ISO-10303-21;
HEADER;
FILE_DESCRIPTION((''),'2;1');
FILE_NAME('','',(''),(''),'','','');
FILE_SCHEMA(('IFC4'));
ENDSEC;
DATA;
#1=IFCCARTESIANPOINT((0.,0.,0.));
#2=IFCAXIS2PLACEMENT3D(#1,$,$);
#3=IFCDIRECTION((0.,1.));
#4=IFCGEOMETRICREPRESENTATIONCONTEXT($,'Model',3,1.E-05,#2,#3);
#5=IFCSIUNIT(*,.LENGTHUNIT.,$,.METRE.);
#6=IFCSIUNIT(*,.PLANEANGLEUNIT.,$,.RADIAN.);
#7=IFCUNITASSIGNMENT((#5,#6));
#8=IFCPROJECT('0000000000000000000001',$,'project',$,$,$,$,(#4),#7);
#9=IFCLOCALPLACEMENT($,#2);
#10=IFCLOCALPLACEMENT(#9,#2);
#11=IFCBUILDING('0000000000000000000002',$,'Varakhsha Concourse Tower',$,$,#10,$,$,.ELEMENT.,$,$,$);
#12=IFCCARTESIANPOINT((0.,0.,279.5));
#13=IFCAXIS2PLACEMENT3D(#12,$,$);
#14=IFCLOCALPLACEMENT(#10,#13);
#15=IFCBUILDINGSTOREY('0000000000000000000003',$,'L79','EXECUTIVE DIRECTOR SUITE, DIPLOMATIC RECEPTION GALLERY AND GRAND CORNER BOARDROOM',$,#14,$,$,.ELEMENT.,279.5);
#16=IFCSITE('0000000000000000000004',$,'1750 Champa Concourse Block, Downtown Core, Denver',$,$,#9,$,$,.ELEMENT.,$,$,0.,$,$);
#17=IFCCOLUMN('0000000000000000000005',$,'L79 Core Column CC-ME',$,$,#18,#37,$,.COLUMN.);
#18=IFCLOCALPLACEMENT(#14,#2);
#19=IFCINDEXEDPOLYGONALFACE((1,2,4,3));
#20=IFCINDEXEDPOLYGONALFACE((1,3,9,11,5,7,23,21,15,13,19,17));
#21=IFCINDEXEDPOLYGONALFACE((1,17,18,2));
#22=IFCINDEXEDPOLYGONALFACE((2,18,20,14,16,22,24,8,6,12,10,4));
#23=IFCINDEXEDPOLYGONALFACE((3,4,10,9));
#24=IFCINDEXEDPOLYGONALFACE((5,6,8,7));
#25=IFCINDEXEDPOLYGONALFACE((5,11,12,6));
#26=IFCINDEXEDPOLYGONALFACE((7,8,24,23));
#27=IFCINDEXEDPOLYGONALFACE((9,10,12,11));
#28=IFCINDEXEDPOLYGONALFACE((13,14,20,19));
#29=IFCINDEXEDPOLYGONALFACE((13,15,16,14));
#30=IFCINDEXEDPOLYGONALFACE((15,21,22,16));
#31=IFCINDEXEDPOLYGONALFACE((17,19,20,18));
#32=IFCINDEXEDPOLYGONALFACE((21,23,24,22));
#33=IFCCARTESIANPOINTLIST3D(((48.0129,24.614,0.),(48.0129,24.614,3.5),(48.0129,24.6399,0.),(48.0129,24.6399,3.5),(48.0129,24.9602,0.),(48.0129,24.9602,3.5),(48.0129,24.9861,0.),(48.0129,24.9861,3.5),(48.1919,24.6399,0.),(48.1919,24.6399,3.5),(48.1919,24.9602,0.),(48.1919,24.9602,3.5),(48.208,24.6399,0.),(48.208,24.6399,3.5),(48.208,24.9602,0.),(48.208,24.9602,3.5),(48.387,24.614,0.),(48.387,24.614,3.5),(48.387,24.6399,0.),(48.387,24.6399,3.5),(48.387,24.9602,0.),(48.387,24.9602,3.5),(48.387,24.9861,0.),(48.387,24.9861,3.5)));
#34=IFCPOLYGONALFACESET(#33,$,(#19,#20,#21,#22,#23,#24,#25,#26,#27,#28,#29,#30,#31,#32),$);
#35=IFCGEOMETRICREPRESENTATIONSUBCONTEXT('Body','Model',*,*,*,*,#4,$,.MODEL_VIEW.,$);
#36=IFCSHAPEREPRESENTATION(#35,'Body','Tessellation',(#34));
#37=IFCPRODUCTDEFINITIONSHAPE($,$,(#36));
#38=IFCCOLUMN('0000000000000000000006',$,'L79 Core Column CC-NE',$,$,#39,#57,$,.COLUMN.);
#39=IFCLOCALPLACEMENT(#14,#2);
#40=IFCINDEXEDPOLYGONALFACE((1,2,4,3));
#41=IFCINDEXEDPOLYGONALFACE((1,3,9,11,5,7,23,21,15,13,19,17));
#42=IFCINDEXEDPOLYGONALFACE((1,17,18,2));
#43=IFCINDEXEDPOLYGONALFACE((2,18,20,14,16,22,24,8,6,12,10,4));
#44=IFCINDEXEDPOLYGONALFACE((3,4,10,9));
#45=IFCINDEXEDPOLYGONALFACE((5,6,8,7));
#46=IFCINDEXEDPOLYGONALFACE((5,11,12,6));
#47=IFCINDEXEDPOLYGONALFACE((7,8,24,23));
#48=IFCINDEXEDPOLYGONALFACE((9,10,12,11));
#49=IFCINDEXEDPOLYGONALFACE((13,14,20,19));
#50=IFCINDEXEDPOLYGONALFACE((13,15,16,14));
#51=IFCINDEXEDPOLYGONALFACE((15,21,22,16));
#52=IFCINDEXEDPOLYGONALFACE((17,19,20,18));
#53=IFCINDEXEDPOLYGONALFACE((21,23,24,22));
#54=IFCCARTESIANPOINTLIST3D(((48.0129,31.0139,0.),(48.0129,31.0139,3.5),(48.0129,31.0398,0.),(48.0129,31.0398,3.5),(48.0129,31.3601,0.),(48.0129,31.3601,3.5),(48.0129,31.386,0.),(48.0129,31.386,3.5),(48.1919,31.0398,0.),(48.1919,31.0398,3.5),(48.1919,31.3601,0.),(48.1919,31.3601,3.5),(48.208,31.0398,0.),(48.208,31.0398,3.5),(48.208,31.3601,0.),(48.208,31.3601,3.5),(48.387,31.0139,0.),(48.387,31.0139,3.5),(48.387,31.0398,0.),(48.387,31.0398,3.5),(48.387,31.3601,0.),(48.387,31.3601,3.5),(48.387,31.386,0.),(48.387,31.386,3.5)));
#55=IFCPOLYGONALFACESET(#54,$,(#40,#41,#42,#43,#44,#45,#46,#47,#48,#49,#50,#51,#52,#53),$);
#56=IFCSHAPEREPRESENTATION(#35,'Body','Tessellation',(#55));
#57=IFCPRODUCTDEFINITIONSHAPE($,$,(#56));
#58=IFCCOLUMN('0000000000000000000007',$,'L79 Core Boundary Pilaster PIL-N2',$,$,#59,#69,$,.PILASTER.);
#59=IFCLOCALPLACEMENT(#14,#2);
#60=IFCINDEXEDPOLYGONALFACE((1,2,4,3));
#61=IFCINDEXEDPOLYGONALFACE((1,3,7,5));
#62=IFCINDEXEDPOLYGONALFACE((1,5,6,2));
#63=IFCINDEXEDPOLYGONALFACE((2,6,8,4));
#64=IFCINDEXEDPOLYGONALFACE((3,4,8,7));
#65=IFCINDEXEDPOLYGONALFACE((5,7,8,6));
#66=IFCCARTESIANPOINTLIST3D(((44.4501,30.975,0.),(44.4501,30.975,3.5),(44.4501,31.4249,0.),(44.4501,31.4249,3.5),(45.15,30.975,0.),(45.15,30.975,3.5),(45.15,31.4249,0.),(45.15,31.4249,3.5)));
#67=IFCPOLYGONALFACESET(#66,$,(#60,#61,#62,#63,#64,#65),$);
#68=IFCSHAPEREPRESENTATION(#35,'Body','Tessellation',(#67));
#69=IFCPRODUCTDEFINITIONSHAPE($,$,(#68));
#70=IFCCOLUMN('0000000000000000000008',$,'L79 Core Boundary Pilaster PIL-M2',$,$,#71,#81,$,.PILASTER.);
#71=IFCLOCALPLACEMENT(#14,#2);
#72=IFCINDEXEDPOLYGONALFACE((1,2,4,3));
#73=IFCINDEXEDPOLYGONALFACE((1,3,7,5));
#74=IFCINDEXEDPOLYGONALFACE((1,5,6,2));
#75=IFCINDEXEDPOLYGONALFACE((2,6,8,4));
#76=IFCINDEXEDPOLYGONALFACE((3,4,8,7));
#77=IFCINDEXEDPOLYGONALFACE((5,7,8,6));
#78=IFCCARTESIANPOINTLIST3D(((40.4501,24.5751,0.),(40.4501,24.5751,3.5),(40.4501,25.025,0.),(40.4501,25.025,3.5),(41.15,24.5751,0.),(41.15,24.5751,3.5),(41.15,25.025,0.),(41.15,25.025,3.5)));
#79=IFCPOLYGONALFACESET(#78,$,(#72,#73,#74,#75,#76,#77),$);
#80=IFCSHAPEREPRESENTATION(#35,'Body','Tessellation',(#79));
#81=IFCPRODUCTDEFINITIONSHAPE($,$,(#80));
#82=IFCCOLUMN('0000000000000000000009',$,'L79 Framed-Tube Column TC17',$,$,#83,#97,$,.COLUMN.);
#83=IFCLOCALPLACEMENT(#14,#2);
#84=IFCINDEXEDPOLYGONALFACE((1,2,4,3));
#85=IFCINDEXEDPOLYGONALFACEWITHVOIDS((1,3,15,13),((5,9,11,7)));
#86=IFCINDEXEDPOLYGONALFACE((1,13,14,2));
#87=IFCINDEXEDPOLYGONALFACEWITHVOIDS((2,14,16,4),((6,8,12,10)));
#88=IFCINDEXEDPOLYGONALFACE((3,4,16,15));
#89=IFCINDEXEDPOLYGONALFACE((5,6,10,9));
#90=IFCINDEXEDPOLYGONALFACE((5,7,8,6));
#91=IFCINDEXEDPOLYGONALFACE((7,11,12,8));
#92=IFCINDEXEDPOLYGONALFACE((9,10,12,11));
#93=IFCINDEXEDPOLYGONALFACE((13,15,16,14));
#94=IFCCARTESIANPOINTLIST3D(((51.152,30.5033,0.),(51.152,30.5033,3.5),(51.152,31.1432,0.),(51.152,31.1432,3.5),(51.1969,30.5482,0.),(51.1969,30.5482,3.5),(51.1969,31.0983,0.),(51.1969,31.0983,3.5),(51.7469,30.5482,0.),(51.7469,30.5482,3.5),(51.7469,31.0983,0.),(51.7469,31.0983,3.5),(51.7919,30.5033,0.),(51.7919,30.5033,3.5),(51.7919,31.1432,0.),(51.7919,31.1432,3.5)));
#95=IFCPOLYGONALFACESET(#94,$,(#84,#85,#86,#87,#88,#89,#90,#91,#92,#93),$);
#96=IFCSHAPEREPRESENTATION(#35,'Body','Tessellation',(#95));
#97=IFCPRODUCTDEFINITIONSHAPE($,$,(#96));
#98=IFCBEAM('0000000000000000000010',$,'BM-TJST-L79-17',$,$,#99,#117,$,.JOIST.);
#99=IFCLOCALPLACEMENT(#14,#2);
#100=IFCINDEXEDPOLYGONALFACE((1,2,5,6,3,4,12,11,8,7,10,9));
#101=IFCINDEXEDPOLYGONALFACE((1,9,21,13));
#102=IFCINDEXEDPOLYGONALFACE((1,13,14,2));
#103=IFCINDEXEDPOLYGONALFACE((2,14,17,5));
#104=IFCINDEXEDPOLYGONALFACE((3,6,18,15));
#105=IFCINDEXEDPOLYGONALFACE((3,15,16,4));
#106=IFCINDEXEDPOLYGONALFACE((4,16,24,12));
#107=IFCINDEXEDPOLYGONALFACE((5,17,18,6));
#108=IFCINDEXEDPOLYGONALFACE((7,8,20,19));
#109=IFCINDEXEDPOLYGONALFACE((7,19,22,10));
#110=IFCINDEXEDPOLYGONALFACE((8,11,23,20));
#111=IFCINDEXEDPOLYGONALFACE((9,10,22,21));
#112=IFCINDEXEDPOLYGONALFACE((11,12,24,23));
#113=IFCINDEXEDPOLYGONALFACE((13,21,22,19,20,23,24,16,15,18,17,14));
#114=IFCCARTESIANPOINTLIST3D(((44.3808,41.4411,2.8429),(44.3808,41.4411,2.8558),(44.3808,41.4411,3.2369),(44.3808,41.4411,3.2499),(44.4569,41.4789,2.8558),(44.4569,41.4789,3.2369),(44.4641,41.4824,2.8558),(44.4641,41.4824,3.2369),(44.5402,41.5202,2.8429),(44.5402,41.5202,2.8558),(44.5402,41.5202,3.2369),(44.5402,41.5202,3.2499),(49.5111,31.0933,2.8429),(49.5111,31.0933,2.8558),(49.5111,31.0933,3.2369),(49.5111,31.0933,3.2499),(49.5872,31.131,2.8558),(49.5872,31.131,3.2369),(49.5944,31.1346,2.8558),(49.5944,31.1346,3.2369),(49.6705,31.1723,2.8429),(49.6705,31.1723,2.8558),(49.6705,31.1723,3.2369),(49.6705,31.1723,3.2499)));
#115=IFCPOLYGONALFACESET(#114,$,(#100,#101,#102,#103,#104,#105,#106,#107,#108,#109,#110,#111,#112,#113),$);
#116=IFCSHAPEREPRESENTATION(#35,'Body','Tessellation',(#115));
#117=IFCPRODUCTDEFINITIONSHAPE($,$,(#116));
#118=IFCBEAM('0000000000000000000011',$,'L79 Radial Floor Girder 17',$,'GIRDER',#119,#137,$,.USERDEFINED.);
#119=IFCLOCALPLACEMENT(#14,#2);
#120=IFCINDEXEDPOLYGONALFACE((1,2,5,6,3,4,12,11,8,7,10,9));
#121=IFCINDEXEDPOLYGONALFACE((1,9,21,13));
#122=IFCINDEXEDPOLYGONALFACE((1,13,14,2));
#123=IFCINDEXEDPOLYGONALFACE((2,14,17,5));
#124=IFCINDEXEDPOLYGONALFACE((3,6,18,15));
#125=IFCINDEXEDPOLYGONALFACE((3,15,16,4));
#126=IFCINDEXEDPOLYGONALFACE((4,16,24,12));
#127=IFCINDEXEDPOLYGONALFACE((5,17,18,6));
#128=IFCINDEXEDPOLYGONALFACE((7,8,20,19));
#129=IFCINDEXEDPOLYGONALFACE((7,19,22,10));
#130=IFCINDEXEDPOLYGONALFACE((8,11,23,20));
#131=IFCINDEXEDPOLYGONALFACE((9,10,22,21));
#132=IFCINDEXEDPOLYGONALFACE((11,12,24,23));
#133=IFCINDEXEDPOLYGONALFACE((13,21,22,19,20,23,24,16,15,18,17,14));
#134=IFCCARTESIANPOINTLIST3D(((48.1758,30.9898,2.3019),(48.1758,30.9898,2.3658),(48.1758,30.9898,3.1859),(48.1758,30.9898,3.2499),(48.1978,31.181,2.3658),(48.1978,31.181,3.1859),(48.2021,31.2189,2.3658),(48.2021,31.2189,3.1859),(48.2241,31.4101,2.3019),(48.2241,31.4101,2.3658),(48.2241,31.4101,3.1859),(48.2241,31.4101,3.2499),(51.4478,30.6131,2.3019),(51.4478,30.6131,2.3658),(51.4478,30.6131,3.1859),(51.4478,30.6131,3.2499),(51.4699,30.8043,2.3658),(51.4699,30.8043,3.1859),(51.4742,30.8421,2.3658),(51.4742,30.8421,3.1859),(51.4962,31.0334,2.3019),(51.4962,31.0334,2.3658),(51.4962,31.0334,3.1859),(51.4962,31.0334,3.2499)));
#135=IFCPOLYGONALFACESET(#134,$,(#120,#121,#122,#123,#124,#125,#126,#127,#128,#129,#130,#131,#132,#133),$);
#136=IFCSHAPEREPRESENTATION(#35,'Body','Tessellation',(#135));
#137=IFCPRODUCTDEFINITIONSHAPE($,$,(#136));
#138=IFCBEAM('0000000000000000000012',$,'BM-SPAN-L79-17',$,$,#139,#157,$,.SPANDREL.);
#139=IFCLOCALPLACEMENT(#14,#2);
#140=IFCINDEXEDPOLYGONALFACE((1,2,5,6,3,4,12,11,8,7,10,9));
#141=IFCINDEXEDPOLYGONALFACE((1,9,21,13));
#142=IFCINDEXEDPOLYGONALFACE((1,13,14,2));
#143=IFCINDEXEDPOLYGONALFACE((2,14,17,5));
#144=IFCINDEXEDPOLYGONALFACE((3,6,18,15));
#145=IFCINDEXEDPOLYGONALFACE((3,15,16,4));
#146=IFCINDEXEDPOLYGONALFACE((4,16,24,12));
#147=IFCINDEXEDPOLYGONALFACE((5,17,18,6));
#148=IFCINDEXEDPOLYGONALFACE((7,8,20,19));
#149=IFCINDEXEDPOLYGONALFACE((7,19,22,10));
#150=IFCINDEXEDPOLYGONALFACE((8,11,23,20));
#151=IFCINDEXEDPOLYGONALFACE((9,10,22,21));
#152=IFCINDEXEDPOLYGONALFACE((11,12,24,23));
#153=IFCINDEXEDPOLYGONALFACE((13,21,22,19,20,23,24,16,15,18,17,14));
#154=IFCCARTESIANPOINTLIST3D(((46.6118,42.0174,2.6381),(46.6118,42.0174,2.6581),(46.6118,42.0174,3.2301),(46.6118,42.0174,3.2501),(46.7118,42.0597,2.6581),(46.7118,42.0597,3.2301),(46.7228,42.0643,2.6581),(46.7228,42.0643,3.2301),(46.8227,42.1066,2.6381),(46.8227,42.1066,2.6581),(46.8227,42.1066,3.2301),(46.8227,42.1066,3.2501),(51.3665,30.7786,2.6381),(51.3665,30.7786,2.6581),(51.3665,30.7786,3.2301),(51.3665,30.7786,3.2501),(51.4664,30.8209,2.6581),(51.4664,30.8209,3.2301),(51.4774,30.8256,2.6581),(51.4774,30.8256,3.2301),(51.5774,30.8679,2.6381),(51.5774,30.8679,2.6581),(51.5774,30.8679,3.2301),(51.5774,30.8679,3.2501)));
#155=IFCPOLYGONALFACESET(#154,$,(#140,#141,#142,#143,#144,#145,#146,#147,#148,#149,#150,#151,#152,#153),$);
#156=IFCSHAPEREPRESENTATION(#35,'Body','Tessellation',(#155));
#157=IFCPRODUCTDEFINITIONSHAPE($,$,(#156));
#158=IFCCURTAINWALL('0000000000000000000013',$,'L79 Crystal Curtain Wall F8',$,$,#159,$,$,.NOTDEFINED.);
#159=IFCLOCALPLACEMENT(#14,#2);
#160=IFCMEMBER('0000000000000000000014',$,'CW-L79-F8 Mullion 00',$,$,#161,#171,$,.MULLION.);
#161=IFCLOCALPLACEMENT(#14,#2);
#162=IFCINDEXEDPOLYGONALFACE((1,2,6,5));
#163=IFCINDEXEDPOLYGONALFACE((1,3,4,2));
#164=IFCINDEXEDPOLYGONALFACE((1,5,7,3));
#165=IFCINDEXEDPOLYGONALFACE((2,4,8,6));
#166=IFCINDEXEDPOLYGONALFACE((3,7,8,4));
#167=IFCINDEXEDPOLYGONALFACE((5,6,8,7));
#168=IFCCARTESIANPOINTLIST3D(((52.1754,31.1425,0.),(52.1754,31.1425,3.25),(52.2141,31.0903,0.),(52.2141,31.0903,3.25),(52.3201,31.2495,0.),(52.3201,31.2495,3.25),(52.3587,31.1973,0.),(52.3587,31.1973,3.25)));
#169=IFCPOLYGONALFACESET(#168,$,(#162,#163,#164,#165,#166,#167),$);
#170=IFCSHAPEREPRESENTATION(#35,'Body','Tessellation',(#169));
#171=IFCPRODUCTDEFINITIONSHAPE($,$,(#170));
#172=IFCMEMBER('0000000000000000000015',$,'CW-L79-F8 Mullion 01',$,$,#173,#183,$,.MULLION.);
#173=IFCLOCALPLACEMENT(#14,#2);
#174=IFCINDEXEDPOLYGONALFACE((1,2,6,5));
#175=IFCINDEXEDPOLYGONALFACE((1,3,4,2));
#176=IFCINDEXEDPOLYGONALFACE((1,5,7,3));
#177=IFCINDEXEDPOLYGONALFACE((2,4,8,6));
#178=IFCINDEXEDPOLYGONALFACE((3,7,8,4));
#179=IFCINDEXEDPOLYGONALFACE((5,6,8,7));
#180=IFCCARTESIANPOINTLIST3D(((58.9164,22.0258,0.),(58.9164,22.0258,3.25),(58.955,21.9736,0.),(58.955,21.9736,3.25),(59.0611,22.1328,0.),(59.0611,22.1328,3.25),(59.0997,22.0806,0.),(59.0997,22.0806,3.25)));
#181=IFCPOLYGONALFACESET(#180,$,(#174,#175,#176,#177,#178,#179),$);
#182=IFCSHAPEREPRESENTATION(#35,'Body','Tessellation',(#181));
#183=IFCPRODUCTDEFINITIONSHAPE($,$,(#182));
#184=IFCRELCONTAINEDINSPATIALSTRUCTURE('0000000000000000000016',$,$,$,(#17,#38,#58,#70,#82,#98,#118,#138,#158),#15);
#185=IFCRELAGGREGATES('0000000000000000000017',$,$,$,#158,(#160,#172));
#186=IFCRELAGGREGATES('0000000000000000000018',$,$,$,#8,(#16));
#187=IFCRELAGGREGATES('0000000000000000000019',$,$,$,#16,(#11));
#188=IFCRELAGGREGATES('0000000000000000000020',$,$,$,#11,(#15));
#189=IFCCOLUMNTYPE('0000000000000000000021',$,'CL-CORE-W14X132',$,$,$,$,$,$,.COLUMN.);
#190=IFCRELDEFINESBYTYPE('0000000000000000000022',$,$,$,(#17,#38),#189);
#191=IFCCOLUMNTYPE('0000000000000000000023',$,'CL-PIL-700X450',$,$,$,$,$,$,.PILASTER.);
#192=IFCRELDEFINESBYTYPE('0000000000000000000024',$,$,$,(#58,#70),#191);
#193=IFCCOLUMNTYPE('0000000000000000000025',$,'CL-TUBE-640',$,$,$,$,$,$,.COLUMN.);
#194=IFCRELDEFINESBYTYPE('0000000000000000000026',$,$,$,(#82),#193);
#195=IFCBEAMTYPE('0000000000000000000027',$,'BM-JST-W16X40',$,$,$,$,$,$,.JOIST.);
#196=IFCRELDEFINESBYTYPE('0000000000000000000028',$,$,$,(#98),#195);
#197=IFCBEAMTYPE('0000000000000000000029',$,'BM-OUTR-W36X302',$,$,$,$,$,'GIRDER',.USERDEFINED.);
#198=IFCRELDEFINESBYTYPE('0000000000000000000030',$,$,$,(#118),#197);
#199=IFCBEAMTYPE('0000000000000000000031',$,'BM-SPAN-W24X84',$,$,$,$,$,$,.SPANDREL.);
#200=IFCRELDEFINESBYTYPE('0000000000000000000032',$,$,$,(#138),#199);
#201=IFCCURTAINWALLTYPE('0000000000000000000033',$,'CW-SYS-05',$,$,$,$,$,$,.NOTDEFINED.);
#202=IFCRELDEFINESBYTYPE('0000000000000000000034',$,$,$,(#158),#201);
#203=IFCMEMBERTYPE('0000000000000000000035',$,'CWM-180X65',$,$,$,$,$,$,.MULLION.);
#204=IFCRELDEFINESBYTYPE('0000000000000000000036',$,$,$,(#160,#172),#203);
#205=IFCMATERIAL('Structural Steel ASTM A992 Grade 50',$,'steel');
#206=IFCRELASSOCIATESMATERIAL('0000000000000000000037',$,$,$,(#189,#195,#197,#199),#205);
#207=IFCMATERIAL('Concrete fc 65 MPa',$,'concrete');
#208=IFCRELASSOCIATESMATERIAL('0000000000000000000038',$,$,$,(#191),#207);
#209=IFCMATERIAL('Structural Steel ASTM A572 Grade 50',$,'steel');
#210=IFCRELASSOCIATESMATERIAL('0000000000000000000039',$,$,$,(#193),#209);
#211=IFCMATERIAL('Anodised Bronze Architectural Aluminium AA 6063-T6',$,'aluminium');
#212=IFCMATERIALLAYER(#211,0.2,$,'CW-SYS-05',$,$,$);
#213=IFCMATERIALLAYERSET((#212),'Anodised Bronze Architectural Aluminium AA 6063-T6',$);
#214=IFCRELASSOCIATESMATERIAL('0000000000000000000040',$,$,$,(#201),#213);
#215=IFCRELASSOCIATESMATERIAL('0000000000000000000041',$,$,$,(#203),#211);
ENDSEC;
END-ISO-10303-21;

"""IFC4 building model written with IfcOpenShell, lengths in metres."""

from ifc_helpers import new_model, si_unit, direction, frame, origin, origin_2d, place, context, subcontext, project, spatial, rectangle, hollow_rectangle, i_section, extrude, source, transform, mapped, material, layer, layer_set, material_profile, profile_set, type_object, type_shapes, element, aggregate, save


model = new_model("IFC4")

# Units and contexts
model_context = context("Model", 3, precision=1e-05, world=origin(), true_north=direction((0.0, 1.0)))
body_context = subcontext(model_context, "Body", "Model", "MODEL_VIEW")
ifc_project = project(units=[si_unit("LENGTHUNIT", "METRE"), si_unit("PLANEANGLEUNIT", "RADIAN")], contexts=[model_context])

# Site, building, storey
site_placement = place(None, origin())
site = spatial("IfcSite", under=ifc_project, at=site_placement, Name="1750 Champa Concourse Block, Downtown Core, Denver", CompositionType="ELEMENT", RefElevation=0.0)
building_placement = place(site_placement, origin())
building = spatial("IfcBuilding", under=site, at=building_placement, Name="Varakhsha Concourse Tower", CompositionType="ELEMENT")
storey_placement = place(building_placement, frame((0.0, 0.0, 279.5)))
storey = spatial("IfcBuildingStorey", under=building, at=storey_placement, Name="L79", Description="EXECUTIVE DIRECTOR SUITE, DIPLOMATIC RECEPTION GALLERY AND GRAND CORNER BOARDROOM", CompositionType="ELEMENT", Elevation=279.5)

# Columns
ifc_material_1 = material(Name="Structural Steel ASTM A992 Grade 50", Category="steel")
ifc_material_profile_1 = material_profile(ifc_material_1, i_section(OverallWidth=0.374, OverallDepth=0.3721, WebThickness=0.0161, FlangeThickness=0.0259, at=origin_2d()), Name="W14X132")
ifc_profile_set_1 = profile_set([ifc_material_profile_1], Name="Structural Steel ASTM A992 Grade 50")
column_type_1 = type_object("IfcColumnType", Name="CL-CORE-W14X132", PredefinedType="COLUMN", material=ifc_profile_set_1)
for number, where, z_axis, x_axis, name in (
    (1, (48.2, 24.8, 0.0), (0.0, 0.0, 1.0), (1.0, 0.0, 0.0), "L79 Core Column CC-ME"),
    (2, (48.2, 31.2, 0.0), (0.0, 0.0, 1.0), (1.0, 0.0, 0.0), "L79 Core Column CC-NE"),
):
    element("IfcColumn", number, at=place(storey_placement, frame(where, z_axis=z_axis, x_axis=x_axis)), inside=storey, type_object=column_type_1, Name=name, PredefinedType="COLUMN", context=body_context, shape_type="SweptSolid", body=[
        extrude(i_section(OverallWidth=0.374, OverallDepth=0.3721, WebThickness=0.0161, FlangeThickness=0.0259, at=origin_2d()), origin(), (0.0, 0.0, 1.0), 3.5),
    ])
ifc_material_2 = material(Name="Concrete fc 65 MPa", Category="concrete")
ifc_material_profile_2 = material_profile(ifc_material_2, rectangle(XDim=0.7, YDim=0.45, at=origin_2d()), Name="RC 700x450")
ifc_profile_set_2 = profile_set([ifc_material_profile_2], Name="Concrete fc 65 MPa")
column_type_2 = type_object("IfcColumnType", Name="CL-PIL-700X450", PredefinedType="PILASTER", material=ifc_profile_set_2)
for number, where, z_axis, x_axis, name in (
    (3, (44.8, 31.2, 0.0), (0.0, 0.0, 1.0), (1.0, 0.0, 0.0), "L79 Core Boundary Pilaster PIL-N2"),
    (4, (40.8, 24.8, 0.0), (0.0, 0.0, 1.0), (1.0, 0.0, 0.0), "L79 Core Boundary Pilaster PIL-M2"),
):
    element("IfcColumn", number, at=place(storey_placement, frame(where, z_axis=z_axis, x_axis=x_axis)), inside=storey, type_object=column_type_2, Name=name, PredefinedType="PILASTER", context=body_context, shape_type="SweptSolid", body=[
        extrude(rectangle(XDim=0.7, YDim=0.45, at=origin_2d()), origin(), (0.0, 0.0, 1.0), 3.5),
    ])
ifc_material_3 = material(Name="Structural Steel ASTM A572 Grade 50", Category="steel")
ifc_material_profile_3 = material_profile(ifc_material_3, hollow_rectangle(XDim=0.6399, YDim=0.6399, WallThickness=0.0449, at=origin_2d()), Name="BOX 640x640x45")
ifc_profile_set_3 = profile_set([ifc_material_profile_3], Name="Structural Steel ASTM A572 Grade 50")
column_type_3 = type_object("IfcColumnType", Name="CL-TUBE-640", PredefinedType="COLUMN", material=ifc_profile_set_3)
column_placement = place(storey_placement, frame((51.4719, 30.8232, 0.0), z_axis=(0.0, 0.0, 1.0), x_axis=(1.0, 0.0, 0.0)))
element("IfcColumn", 5, at=column_placement, inside=storey, type_object=column_type_3, Name="L79 Framed-Tube Column TC17", PredefinedType="COLUMN", context=body_context, shape_type="SweptSolid", body=[
    extrude(hollow_rectangle(XDim=0.6399, YDim=0.6399, WallThickness=0.0449, at=origin_2d()), origin(), (0.0, 0.0, 1.0), 3.5),
])

# Beams
ifc_material_profile_4 = material_profile(ifc_material_1, i_section(OverallWidth=0.178, OverallDepth=0.407, WebThickness=0.0081, FlangeThickness=0.0129, at=origin_2d()), Name="W16X40")
ifc_profile_set_4 = profile_set([ifc_material_profile_4], Name="Structural Steel ASTM A992 Grade 50")
beam_type_1 = type_object("IfcBeamType", Name="BM-JST-W16X40", PredefinedType="JOIST", material=ifc_profile_set_4)
beam_1_placement = place(storey_placement, frame((49.5908, 31.1328, 3.0464), z_axis=(-0.444193, 0.895931, 0.0), x_axis=(-0.895931, -0.444193, 0.0)))
element("IfcBeam", 6, at=beam_1_placement, inside=storey, type_object=beam_type_1, Name="BM-TJST-L79-17", PredefinedType="JOIST", context=body_context, shape_type="SweptSolid", body=[
    extrude(i_section(OverallWidth=0.178, OverallDepth=0.407, WebThickness=0.0081, FlangeThickness=0.0129, at=origin_2d()), origin(), (0.0, 0.0, 1.0), 11.5498),
])
ifc_material_profile_5 = material_profile(ifc_material_1, i_section(OverallWidth=0.4231, OverallDepth=0.948, WebThickness=0.0381, FlangeThickness=0.064, at=origin_2d()), Name="W36X302")
ifc_profile_set_5 = profile_set([ifc_material_profile_5], Name="Structural Steel ASTM A992 Grade 50")
beam_type_2 = type_object("IfcBeamType", Name="BM-OUTR-W36X302", ElementType="GIRDER", PredefinedType="USERDEFINED", material=ifc_profile_set_5)
beam_2_placement = place(storey_placement, frame((48.2, 31.2, 2.7759), z_axis=(0.993437, -0.114377, 0.0), x_axis=(0.114377, 0.993437, 0.0)))
element("IfcBeam", 7, at=beam_2_placement, inside=storey, type_object=beam_type_2, Name="L79 Radial Floor Girder 17", ObjectType="GIRDER", PredefinedType="USERDEFINED", context=body_context, shape_type="SweptSolid", body=[
    extrude(i_section(OverallWidth=0.4231, OverallDepth=0.948, WebThickness=0.0381, FlangeThickness=0.064, at=origin_2d()), origin(), (0.0, 0.0, 1.0), 3.2937),
])
ifc_material_profile_6 = material_profile(ifc_material_1, i_section(OverallWidth=0.229, OverallDepth=0.6121, WebThickness=0.012, FlangeThickness=0.02, at=origin_2d()), Name="W24X84")
ifc_profile_set_6 = profile_set([ifc_material_profile_6], Name="Structural Steel ASTM A992 Grade 50")
beam_type_3 = type_object("IfcBeamType", Name="BM-SPAN-W24X84", PredefinedType="SPANDREL", material=ifc_profile_set_6)
beam_3_placement = place(storey_placement, frame((51.4719, 30.8232, 2.9441), z_axis=(-0.389624, 0.920974, 0.0), x_axis=(-0.920974, -0.389624, 0.0)))
element("IfcBeam", 8, at=beam_3_placement, inside=storey, type_object=beam_type_3, Name="BM-SPAN-L79-17", PredefinedType="SPANDREL", context=body_context, shape_type="SweptSolid", body=[
    extrude(i_section(OverallWidth=0.229, OverallDepth=0.6121, WebThickness=0.012, FlangeThickness=0.02, at=origin_2d()), origin(), (0.0, 0.0, 1.0), 12.2031),
])

# Curtain wall, members
ifc_material_4 = material(Name="Anodised Bronze Architectural Aluminium AA 6063-T6", Category="aluminium")
ifc_layer_1 = layer(ifc_material_4, 0.2, Name="CW-SYS-05")
ifc_layer_set_1 = layer_set([ifc_layer_1], Name="Anodised Bronze Architectural Aluminium AA 6063-T6")
curtain_wall_type = type_object("IfcCurtainWallType", Name="CW-SYS-05", PredefinedType="NOTDEFINED", material=ifc_layer_set_1)
curtain_wall_1_placement = place(storey_placement, origin())
curtain_wall_1 = element("IfcCurtainWall", 9, at=curtain_wall_1_placement, inside=storey, type_object=curtain_wall_type, Name="L79 Crystal Curtain Wall F8", PredefinedType="NOTDEFINED")
ifc_material_profile_7 = material_profile(ifc_material_4, rectangle(XDim=0.0649, YDim=0.1799, at=origin_2d()), Name="CWM-180X65")
ifc_profile_set_7 = profile_set([ifc_material_profile_7], Name="Anodised Bronze Architectural Aluminium AA 6063-T6")
member_type_1 = type_object("IfcMemberType", Name="CWM-180X65", PredefinedType="MULLION", material=ifc_profile_set_7)
shared_shape_1 = source(origin(), body_context, "Body", "SweptSolid", [
    extrude(rectangle(XDim=0.0649, YDim=0.1799, at=origin_2d()), origin(), (0.0, 0.0, 1.0), 3.25),
])
type_shapes(member_type_1, [shared_shape_1])
member_1_placement = place(storey_placement, frame((52.2671, 31.1699, 0.0), z_axis=(0.0, 0.0, 1.0), x_axis=(0.594534, -0.804071, 0.0)))
member_1 = element("IfcMember", 10, at=member_1_placement, type_object=member_type_1, Name="CW-L79-F8 Mullion 00", PredefinedType="MULLION", context=body_context, shape_type="MappedRepresentation", body=[
    mapped(shared_shape_1, transform((0.0, 0.0, 0.0), scale=1.0)),
])
member_2_placement = place(storey_placement, frame((59.0081, 22.0532, 0.0), z_axis=(0.0, 0.0, 1.0), x_axis=(0.594534, -0.804071, 0.0)))
member_2 = element("IfcMember", 11, at=member_2_placement, type_object=member_type_1, Name="CW-L79-F8 Mullion 01", PredefinedType="MULLION", context=body_context, shape_type="MappedRepresentation", body=[
    mapped(shared_shape_1, transform((0.0, 0.0, 0.0), scale=1.0)),
])

aggregate(curtain_wall_1, [member_1, member_2])

save(model, "model.ifc")
